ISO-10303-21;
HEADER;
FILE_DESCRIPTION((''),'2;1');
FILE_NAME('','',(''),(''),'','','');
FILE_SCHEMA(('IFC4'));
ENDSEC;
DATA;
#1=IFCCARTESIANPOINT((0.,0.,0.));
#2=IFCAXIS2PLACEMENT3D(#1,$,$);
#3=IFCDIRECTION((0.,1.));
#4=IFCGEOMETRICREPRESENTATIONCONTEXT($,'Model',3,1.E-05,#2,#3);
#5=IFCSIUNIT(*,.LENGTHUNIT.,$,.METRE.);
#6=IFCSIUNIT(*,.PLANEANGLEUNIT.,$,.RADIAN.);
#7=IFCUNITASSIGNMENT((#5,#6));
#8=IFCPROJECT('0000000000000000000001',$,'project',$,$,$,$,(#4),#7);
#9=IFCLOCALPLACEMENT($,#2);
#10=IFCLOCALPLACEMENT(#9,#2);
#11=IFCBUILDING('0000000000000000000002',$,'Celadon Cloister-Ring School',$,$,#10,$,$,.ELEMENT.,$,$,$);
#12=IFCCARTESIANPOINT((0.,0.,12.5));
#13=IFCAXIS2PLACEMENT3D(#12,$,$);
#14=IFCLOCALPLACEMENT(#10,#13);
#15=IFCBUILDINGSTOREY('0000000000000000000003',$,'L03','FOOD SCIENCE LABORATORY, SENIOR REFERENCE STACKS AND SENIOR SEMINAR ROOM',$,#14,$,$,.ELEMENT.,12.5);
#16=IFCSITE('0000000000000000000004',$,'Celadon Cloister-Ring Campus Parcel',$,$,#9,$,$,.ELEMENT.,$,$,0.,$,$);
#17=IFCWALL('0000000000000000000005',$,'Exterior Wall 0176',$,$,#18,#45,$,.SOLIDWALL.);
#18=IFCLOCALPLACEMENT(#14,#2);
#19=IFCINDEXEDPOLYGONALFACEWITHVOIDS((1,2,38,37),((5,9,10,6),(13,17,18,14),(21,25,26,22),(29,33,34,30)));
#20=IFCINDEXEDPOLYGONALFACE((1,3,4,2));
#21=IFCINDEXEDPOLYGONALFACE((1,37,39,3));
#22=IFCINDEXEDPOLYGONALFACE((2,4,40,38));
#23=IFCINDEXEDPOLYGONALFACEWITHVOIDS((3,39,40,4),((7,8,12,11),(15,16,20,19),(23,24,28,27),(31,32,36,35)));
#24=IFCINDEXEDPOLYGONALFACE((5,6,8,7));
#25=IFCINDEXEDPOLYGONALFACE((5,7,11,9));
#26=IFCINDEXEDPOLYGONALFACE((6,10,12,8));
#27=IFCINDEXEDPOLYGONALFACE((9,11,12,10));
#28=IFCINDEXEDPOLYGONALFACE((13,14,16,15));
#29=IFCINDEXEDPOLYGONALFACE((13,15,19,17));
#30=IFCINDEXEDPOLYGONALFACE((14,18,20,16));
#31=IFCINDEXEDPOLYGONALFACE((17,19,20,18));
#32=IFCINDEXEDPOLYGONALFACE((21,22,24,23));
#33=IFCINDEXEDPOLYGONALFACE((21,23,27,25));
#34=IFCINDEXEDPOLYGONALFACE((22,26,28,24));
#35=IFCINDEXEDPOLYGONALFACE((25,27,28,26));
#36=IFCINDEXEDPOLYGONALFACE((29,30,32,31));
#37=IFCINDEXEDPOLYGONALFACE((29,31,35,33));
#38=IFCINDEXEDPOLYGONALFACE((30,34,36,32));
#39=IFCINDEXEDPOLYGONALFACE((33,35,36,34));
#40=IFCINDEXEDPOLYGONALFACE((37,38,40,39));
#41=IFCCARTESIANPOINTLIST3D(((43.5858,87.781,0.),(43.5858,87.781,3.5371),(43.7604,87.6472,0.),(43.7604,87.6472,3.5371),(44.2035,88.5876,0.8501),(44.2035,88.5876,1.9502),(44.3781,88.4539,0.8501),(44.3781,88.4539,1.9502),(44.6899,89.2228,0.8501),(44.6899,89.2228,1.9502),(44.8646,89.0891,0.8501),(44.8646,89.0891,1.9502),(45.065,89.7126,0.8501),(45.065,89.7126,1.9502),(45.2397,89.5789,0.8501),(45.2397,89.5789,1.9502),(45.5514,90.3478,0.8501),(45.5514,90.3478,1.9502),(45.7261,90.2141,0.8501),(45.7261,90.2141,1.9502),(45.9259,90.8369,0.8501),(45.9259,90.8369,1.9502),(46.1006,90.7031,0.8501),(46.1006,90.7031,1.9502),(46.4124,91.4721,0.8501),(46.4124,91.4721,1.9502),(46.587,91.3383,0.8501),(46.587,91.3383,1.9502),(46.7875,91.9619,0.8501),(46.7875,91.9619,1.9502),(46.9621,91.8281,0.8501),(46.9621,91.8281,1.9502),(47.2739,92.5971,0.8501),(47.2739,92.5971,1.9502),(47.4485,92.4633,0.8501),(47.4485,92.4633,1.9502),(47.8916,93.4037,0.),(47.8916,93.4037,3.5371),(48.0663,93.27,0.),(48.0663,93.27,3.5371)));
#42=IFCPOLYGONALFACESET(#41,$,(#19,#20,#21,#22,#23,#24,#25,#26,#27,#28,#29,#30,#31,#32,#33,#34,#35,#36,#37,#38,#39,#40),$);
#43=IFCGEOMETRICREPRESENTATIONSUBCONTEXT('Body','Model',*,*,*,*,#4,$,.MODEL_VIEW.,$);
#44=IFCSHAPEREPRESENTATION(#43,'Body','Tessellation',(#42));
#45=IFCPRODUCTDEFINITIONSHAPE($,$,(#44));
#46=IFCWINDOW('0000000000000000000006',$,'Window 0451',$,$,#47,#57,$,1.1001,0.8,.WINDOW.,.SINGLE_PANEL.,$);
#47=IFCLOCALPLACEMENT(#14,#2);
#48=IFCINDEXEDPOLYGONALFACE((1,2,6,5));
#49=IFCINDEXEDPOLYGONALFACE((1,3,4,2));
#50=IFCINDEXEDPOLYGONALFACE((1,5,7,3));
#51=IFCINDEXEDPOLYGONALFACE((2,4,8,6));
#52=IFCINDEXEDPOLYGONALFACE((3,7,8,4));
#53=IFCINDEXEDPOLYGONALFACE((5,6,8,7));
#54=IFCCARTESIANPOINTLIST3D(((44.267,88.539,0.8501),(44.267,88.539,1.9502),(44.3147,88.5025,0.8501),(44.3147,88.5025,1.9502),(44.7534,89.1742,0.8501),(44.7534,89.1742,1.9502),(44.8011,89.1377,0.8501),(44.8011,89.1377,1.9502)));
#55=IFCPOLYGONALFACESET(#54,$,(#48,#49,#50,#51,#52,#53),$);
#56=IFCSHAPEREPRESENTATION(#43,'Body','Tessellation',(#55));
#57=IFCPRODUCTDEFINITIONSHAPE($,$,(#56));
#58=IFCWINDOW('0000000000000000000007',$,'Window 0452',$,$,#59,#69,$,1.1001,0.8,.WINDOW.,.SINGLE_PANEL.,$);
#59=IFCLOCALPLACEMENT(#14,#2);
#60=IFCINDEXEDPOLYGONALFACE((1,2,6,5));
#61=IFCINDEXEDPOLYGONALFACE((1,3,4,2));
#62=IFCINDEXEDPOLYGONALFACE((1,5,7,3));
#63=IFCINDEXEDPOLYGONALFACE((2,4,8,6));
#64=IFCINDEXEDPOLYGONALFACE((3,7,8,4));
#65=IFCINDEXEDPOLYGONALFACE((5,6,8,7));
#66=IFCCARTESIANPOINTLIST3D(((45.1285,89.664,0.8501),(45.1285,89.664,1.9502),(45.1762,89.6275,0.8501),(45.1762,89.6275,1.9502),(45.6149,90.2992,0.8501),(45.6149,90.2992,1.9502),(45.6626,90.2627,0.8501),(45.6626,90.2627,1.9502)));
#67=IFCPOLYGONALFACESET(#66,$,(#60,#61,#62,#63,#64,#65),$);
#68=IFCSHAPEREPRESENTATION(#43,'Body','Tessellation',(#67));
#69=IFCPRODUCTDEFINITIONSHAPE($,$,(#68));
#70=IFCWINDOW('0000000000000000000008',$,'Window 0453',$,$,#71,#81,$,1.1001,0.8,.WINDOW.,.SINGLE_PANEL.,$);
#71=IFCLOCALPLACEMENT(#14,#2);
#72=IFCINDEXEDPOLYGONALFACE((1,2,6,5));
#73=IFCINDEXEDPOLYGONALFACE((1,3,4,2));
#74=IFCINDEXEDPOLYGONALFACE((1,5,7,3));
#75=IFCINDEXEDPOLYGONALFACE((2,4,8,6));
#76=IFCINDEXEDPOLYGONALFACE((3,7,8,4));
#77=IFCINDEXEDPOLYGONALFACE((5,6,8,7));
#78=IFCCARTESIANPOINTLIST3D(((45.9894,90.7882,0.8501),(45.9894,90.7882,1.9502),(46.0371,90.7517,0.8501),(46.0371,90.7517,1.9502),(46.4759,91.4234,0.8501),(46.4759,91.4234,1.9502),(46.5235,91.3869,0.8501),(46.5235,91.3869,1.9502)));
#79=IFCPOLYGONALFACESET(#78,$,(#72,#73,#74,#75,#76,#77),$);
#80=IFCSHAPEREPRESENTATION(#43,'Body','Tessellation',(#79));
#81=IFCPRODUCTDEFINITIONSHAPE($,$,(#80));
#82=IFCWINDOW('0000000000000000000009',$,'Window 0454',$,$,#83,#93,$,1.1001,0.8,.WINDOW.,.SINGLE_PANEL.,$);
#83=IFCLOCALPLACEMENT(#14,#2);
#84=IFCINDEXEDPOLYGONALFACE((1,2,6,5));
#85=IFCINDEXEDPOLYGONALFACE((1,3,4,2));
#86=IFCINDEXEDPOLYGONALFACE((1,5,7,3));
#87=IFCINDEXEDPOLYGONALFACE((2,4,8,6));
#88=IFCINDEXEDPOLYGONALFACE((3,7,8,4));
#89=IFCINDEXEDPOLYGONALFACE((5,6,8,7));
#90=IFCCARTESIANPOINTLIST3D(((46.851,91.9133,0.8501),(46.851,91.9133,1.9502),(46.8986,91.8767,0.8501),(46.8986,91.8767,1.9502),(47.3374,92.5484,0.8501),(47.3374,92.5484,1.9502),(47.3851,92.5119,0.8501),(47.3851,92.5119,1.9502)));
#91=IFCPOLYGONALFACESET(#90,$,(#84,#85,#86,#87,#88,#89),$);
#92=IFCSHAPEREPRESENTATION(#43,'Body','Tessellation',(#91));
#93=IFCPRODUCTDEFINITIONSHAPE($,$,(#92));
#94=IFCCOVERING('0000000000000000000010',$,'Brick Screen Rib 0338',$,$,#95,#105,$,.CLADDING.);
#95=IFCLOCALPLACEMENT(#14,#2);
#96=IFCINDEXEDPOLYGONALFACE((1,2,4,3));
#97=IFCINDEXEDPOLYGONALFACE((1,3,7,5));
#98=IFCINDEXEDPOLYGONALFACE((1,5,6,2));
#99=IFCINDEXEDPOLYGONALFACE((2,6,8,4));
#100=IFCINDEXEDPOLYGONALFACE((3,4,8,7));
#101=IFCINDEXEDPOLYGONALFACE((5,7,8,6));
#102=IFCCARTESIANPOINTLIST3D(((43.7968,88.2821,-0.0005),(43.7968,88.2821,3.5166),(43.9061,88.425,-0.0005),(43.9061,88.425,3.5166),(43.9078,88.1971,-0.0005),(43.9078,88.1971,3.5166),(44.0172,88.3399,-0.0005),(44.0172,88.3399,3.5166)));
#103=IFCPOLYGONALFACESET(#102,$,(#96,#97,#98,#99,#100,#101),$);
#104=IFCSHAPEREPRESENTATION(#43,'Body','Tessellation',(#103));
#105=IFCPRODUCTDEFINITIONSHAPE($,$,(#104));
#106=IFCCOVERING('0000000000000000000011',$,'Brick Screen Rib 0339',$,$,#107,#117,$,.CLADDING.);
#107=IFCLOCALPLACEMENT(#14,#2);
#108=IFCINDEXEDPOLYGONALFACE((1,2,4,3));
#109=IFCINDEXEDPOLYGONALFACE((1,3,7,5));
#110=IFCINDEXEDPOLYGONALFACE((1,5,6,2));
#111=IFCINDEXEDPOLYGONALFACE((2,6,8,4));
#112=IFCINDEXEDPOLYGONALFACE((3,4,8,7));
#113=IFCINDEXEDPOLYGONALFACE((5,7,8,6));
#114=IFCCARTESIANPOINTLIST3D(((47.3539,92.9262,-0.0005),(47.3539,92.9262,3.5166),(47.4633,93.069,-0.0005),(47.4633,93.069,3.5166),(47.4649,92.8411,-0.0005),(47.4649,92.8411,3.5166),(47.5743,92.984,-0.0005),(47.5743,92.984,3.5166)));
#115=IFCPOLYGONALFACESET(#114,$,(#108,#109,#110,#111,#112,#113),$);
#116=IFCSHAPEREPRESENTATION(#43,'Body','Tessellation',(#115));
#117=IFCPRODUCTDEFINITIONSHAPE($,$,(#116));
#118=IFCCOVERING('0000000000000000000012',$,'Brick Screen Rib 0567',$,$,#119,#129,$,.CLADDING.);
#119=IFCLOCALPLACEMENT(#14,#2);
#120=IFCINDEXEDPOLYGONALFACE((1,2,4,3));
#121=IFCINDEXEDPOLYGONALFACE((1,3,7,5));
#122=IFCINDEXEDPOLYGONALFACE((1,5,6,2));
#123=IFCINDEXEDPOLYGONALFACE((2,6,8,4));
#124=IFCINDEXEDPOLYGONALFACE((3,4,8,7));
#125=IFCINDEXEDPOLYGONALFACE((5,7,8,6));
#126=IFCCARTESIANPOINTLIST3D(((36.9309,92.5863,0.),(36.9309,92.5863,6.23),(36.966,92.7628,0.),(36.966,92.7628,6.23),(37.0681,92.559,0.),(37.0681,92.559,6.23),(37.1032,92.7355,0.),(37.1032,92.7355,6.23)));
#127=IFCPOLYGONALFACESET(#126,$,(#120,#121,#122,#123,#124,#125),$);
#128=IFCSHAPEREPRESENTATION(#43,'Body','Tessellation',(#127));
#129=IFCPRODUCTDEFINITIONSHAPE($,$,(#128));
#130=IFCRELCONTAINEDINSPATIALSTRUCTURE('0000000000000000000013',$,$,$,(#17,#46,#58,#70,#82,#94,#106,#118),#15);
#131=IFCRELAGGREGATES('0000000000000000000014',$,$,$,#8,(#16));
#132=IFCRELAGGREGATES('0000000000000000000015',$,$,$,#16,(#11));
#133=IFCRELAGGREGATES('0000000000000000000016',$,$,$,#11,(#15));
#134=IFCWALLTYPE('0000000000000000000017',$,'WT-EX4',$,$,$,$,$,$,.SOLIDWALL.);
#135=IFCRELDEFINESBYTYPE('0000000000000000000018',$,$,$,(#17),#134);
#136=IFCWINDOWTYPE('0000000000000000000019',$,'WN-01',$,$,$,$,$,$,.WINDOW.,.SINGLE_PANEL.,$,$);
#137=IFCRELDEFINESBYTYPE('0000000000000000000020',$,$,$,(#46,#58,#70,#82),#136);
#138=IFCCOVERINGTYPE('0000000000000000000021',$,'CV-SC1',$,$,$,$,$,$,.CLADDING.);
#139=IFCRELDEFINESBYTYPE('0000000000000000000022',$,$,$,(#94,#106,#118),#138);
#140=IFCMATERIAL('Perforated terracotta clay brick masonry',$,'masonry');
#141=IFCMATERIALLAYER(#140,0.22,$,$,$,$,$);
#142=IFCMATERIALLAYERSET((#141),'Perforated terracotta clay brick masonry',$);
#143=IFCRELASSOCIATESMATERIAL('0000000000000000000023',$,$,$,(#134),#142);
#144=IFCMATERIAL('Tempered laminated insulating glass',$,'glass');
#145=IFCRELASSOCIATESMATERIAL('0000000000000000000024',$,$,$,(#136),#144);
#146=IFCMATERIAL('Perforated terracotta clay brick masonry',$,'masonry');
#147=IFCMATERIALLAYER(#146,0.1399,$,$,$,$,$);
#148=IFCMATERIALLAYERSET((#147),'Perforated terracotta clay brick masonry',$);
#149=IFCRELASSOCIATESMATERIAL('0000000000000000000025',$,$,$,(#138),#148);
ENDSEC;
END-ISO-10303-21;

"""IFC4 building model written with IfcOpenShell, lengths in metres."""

from ifc_helpers import new_model, si_unit, direction, frame, frame_2d, origin, origin_2d, place, context, subcontext, project, spatial, rectangle, extrude, material, layer, layer_set, type_object, element, fill, save


model = new_model("IFC4")

# Units and contexts
model_context = context("Model", 3, precision=1e-05, world=origin(), true_north=direction((0.0, 1.0)))
body_context = subcontext(model_context, "Body", "Model", "MODEL_VIEW")
ifc_project = project(units=[si_unit("LENGTHUNIT", "METRE"), si_unit("PLANEANGLEUNIT", "RADIAN")], contexts=[model_context])

# Site, building, storey
site_placement = place(None, origin())
site = spatial("IfcSite", under=ifc_project, at=site_placement, Name="Celadon Cloister-Ring Campus Parcel", CompositionType="ELEMENT", RefElevation=0.0)
building_placement = place(site_placement, origin())
building = spatial("IfcBuilding", under=site, at=building_placement, Name="Celadon Cloister-Ring School", CompositionType="ELEMENT")
storey_placement = place(building_placement, frame((0.0, 0.0, 12.5)))
storey = spatial("IfcBuildingStorey", under=building, at=storey_placement, Name="L03", Description="FOOD SCIENCE LABORATORY, SENIOR REFERENCE STACKS AND SENIOR SEMINAR ROOM", CompositionType="ELEMENT", Elevation=12.5)

# Wall, openings, windows
ifc_material_1 = material(Name="Perforated terracotta clay brick masonry", Category="masonry")
ifc_layer_1 = layer(ifc_material_1, 0.22)
ifc_layer_set_1 = layer_set([ifc_layer_1], Name="Perforated terracotta clay brick masonry")
wall_type = type_object("IfcWallType", Name="WT-EX4", PredefinedType="SOLIDWALL", material=ifc_layer_set_1)
wall_placement = place(storey_placement, frame((43.6731, 87.7141, 0.0), z_axis=(0.0, 0.0, 1.0), x_axis=(0.607995, 0.793941, 0.0)))
wall = element("IfcWall", 1, at=wall_placement, inside=storey, type_object=wall_type, Name="Exterior Wall 0176", PredefinedType="SOLIDWALL", context=body_context, shape_type="SweptSolid", body=[
    extrude(rectangle(XDim=7.082, YDim=0.22, at=frame_2d((3.541, 0.0))), origin(), (0.0, 0.0, 1.0), 3.5371),
])
opening_1_placement = place(wall_placement, frame((1.0161, 0.0, 0.8501)))
opening_1 = element("IfcOpeningElement", 2, at=opening_1_placement, cuts=wall, PredefinedType="OPENING", context=body_context, shape_type="SweptSolid", body=[
    extrude(rectangle(XDim=0.8, YDim=1.1001, at=frame_2d((0.3999, 0.55))), frame((0.0, 0.1201, 0.0), z_axis=(0.0, -1.0, 0.0), x_axis=(1.0, 0.0, 0.0)), (0.0, 0.0, 1.0), 0.24),
])
opening_2_placement = place(wall_placement, frame((2.4331, 0.0, 0.8501)))
opening_2 = element("IfcOpeningElement", 3, at=opening_2_placement, cuts=wall, PredefinedType="OPENING", context=body_context, shape_type="SweptSolid", body=[
    extrude(rectangle(XDim=0.8, YDim=1.1001, at=frame_2d((0.3999, 0.55))), frame((0.0, 0.1201, 0.0), z_axis=(0.0, -1.0, 0.0), x_axis=(1.0, 0.0, 0.0)), (0.0, 0.0, 1.0), 0.24),
])
opening_3_placement = place(wall_placement, frame((3.8491, 0.0, 0.8501)))
opening_3 = element("IfcOpeningElement", 4, at=opening_3_placement, cuts=wall, PredefinedType="OPENING", context=body_context, shape_type="SweptSolid", body=[
    extrude(rectangle(XDim=0.8, YDim=1.1001, at=frame_2d((0.3999, 0.55))), frame((0.0, 0.1201, 0.0), z_axis=(0.0, -1.0, 0.0), x_axis=(1.0, 0.0, 0.0)), (0.0, 0.0, 1.0), 0.24),
])
opening_4_placement = place(wall_placement, frame((5.2661, 0.0, 0.8501)))
opening_4 = element("IfcOpeningElement", 5, at=opening_4_placement, cuts=wall, PredefinedType="OPENING", context=body_context, shape_type="SweptSolid", body=[
    extrude(rectangle(XDim=0.8, YDim=1.1001, at=frame_2d((0.3999, 0.55))), frame((0.0, 0.1201, 0.0), z_axis=(0.0, -1.0, 0.0), x_axis=(1.0, 0.0, 0.0)), (0.0, 0.0, 1.0), 0.24),
])
ifc_material_2 = material(Name="Tempered laminated insulating glass", Category="glass")
window_type = type_object("IfcWindowType", Name="WN-01", PartitioningType="SINGLE_PANEL", PredefinedType="WINDOW", material=ifc_material_2)
window_1_placement = place(opening_1_placement, origin())
window_1 = element("IfcWindow", 6, at=window_1_placement, inside=storey, type_object=window_type, Name="Window 0451", OverallHeight=1.1001, OverallWidth=0.8, PartitioningType="SINGLE_PANEL", PredefinedType="WINDOW", context=body_context, shape_type="SweptSolid", body=[
    extrude(rectangle(XDim=0.8, YDim=1.1001, at=frame_2d((0.3999, 0.55))), frame((0.0, 0.03, 0.0), z_axis=(0.0, -1.0, 0.0), x_axis=(1.0, 0.0, 0.0)), (0.0, 0.0, 1.0), 0.0601),
])
fill(opening_1, window_1)
window_2_placement = place(opening_2_placement, origin())
window_2 = element("IfcWindow", 7, at=window_2_placement, inside=storey, type_object=window_type, Name="Window 0452", OverallHeight=1.1001, OverallWidth=0.8, PartitioningType="SINGLE_PANEL", PredefinedType="WINDOW", context=body_context, shape_type="SweptSolid", body=[
    extrude(rectangle(XDim=0.8, YDim=1.1001, at=frame_2d((0.3999, 0.55))), frame((0.0, 0.03, 0.0), z_axis=(0.0, -1.0, 0.0), x_axis=(1.0, 0.0, 0.0)), (0.0, 0.0, 1.0), 0.0601),
])
fill(opening_2, window_2)
window_3_placement = place(opening_3_placement, origin())
window_3 = element("IfcWindow", 8, at=window_3_placement, inside=storey, type_object=window_type, Name="Window 0453", OverallHeight=1.1001, OverallWidth=0.8, PartitioningType="SINGLE_PANEL", PredefinedType="WINDOW", context=body_context, shape_type="SweptSolid", body=[
    extrude(rectangle(XDim=0.8, YDim=1.1001, at=frame_2d((0.3999, 0.55))), frame((0.0, 0.03, 0.0), z_axis=(0.0, -1.0, 0.0), x_axis=(1.0, 0.0, 0.0)), (0.0, 0.0, 1.0), 0.0601),
])
fill(opening_3, window_3)
window_4_placement = place(opening_4_placement, origin())
window_4 = element("IfcWindow", 9, at=window_4_placement, inside=storey, type_object=window_type, Name="Window 0454", OverallHeight=1.1001, OverallWidth=0.8, PartitioningType="SINGLE_PANEL", PredefinedType="WINDOW", context=body_context, shape_type="SweptSolid", body=[
    extrude(rectangle(XDim=0.8, YDim=1.1001, at=frame_2d((0.3999, 0.55))), frame((0.0, 0.03, 0.0), z_axis=(0.0, -1.0, 0.0), x_axis=(1.0, 0.0, 0.0)), (0.0, 0.0, 1.0), 0.0601),
])
fill(opening_4, window_4)

# Coverings
ifc_material_3 = material(Name="Perforated terracotta clay brick masonry", Category="masonry")
ifc_layer_2 = layer(ifc_material_3, 0.1399)
ifc_layer_set_2 = layer_set([ifc_layer_2], Name="Perforated terracotta clay brick masonry")
covering_type = type_object("IfcCoveringType", Name="CV-SC1", PredefinedType="CLADDING", material=ifc_layer_set_2)
for number, where, z_axis, x_axis, name in (
    (10, (43.907, 88.311, -0.0005), (0.0, 0.0, 1.0), (0.607986, 0.793948, 0.0), "Brick Screen Rib 0338"),
    (11, (47.4641, 92.9551, -0.0005), (0.0, 0.0, 1.0), (0.607986, 0.793948, 0.0), "Brick Screen Rib 0339"),
):
    element("IfcCovering", number, at=place(storey_placement, frame(where, z_axis=z_axis, x_axis=x_axis)), inside=storey, type_object=covering_type, Name=name, PredefinedType="CLADDING", context=body_context, shape_type="SweptSolid", body=[
        extrude(rectangle(XDim=0.1799, YDim=0.1399, at=origin_2d()), origin(), (0.0, 0.0, 1.0), 3.5171),
    ])
covering_placement = place(storey_placement, frame((37.0171, 92.6609, 0.0), z_axis=(0.0, 0.0, 1.0), x_axis=(-0.195142, -0.980775, 0.0)))
element("IfcCovering", 12, at=covering_placement, inside=storey, type_object=covering_type, Name="Brick Screen Rib 0567", PredefinedType="CLADDING", context=body_context, shape_type="SweptSolid", body=[
    extrude(rectangle(XDim=0.1799, YDim=0.1399, at=origin_2d()), origin(), (0.0, 0.0, 1.0), 6.23),
])

save(model, "model.ifc")
